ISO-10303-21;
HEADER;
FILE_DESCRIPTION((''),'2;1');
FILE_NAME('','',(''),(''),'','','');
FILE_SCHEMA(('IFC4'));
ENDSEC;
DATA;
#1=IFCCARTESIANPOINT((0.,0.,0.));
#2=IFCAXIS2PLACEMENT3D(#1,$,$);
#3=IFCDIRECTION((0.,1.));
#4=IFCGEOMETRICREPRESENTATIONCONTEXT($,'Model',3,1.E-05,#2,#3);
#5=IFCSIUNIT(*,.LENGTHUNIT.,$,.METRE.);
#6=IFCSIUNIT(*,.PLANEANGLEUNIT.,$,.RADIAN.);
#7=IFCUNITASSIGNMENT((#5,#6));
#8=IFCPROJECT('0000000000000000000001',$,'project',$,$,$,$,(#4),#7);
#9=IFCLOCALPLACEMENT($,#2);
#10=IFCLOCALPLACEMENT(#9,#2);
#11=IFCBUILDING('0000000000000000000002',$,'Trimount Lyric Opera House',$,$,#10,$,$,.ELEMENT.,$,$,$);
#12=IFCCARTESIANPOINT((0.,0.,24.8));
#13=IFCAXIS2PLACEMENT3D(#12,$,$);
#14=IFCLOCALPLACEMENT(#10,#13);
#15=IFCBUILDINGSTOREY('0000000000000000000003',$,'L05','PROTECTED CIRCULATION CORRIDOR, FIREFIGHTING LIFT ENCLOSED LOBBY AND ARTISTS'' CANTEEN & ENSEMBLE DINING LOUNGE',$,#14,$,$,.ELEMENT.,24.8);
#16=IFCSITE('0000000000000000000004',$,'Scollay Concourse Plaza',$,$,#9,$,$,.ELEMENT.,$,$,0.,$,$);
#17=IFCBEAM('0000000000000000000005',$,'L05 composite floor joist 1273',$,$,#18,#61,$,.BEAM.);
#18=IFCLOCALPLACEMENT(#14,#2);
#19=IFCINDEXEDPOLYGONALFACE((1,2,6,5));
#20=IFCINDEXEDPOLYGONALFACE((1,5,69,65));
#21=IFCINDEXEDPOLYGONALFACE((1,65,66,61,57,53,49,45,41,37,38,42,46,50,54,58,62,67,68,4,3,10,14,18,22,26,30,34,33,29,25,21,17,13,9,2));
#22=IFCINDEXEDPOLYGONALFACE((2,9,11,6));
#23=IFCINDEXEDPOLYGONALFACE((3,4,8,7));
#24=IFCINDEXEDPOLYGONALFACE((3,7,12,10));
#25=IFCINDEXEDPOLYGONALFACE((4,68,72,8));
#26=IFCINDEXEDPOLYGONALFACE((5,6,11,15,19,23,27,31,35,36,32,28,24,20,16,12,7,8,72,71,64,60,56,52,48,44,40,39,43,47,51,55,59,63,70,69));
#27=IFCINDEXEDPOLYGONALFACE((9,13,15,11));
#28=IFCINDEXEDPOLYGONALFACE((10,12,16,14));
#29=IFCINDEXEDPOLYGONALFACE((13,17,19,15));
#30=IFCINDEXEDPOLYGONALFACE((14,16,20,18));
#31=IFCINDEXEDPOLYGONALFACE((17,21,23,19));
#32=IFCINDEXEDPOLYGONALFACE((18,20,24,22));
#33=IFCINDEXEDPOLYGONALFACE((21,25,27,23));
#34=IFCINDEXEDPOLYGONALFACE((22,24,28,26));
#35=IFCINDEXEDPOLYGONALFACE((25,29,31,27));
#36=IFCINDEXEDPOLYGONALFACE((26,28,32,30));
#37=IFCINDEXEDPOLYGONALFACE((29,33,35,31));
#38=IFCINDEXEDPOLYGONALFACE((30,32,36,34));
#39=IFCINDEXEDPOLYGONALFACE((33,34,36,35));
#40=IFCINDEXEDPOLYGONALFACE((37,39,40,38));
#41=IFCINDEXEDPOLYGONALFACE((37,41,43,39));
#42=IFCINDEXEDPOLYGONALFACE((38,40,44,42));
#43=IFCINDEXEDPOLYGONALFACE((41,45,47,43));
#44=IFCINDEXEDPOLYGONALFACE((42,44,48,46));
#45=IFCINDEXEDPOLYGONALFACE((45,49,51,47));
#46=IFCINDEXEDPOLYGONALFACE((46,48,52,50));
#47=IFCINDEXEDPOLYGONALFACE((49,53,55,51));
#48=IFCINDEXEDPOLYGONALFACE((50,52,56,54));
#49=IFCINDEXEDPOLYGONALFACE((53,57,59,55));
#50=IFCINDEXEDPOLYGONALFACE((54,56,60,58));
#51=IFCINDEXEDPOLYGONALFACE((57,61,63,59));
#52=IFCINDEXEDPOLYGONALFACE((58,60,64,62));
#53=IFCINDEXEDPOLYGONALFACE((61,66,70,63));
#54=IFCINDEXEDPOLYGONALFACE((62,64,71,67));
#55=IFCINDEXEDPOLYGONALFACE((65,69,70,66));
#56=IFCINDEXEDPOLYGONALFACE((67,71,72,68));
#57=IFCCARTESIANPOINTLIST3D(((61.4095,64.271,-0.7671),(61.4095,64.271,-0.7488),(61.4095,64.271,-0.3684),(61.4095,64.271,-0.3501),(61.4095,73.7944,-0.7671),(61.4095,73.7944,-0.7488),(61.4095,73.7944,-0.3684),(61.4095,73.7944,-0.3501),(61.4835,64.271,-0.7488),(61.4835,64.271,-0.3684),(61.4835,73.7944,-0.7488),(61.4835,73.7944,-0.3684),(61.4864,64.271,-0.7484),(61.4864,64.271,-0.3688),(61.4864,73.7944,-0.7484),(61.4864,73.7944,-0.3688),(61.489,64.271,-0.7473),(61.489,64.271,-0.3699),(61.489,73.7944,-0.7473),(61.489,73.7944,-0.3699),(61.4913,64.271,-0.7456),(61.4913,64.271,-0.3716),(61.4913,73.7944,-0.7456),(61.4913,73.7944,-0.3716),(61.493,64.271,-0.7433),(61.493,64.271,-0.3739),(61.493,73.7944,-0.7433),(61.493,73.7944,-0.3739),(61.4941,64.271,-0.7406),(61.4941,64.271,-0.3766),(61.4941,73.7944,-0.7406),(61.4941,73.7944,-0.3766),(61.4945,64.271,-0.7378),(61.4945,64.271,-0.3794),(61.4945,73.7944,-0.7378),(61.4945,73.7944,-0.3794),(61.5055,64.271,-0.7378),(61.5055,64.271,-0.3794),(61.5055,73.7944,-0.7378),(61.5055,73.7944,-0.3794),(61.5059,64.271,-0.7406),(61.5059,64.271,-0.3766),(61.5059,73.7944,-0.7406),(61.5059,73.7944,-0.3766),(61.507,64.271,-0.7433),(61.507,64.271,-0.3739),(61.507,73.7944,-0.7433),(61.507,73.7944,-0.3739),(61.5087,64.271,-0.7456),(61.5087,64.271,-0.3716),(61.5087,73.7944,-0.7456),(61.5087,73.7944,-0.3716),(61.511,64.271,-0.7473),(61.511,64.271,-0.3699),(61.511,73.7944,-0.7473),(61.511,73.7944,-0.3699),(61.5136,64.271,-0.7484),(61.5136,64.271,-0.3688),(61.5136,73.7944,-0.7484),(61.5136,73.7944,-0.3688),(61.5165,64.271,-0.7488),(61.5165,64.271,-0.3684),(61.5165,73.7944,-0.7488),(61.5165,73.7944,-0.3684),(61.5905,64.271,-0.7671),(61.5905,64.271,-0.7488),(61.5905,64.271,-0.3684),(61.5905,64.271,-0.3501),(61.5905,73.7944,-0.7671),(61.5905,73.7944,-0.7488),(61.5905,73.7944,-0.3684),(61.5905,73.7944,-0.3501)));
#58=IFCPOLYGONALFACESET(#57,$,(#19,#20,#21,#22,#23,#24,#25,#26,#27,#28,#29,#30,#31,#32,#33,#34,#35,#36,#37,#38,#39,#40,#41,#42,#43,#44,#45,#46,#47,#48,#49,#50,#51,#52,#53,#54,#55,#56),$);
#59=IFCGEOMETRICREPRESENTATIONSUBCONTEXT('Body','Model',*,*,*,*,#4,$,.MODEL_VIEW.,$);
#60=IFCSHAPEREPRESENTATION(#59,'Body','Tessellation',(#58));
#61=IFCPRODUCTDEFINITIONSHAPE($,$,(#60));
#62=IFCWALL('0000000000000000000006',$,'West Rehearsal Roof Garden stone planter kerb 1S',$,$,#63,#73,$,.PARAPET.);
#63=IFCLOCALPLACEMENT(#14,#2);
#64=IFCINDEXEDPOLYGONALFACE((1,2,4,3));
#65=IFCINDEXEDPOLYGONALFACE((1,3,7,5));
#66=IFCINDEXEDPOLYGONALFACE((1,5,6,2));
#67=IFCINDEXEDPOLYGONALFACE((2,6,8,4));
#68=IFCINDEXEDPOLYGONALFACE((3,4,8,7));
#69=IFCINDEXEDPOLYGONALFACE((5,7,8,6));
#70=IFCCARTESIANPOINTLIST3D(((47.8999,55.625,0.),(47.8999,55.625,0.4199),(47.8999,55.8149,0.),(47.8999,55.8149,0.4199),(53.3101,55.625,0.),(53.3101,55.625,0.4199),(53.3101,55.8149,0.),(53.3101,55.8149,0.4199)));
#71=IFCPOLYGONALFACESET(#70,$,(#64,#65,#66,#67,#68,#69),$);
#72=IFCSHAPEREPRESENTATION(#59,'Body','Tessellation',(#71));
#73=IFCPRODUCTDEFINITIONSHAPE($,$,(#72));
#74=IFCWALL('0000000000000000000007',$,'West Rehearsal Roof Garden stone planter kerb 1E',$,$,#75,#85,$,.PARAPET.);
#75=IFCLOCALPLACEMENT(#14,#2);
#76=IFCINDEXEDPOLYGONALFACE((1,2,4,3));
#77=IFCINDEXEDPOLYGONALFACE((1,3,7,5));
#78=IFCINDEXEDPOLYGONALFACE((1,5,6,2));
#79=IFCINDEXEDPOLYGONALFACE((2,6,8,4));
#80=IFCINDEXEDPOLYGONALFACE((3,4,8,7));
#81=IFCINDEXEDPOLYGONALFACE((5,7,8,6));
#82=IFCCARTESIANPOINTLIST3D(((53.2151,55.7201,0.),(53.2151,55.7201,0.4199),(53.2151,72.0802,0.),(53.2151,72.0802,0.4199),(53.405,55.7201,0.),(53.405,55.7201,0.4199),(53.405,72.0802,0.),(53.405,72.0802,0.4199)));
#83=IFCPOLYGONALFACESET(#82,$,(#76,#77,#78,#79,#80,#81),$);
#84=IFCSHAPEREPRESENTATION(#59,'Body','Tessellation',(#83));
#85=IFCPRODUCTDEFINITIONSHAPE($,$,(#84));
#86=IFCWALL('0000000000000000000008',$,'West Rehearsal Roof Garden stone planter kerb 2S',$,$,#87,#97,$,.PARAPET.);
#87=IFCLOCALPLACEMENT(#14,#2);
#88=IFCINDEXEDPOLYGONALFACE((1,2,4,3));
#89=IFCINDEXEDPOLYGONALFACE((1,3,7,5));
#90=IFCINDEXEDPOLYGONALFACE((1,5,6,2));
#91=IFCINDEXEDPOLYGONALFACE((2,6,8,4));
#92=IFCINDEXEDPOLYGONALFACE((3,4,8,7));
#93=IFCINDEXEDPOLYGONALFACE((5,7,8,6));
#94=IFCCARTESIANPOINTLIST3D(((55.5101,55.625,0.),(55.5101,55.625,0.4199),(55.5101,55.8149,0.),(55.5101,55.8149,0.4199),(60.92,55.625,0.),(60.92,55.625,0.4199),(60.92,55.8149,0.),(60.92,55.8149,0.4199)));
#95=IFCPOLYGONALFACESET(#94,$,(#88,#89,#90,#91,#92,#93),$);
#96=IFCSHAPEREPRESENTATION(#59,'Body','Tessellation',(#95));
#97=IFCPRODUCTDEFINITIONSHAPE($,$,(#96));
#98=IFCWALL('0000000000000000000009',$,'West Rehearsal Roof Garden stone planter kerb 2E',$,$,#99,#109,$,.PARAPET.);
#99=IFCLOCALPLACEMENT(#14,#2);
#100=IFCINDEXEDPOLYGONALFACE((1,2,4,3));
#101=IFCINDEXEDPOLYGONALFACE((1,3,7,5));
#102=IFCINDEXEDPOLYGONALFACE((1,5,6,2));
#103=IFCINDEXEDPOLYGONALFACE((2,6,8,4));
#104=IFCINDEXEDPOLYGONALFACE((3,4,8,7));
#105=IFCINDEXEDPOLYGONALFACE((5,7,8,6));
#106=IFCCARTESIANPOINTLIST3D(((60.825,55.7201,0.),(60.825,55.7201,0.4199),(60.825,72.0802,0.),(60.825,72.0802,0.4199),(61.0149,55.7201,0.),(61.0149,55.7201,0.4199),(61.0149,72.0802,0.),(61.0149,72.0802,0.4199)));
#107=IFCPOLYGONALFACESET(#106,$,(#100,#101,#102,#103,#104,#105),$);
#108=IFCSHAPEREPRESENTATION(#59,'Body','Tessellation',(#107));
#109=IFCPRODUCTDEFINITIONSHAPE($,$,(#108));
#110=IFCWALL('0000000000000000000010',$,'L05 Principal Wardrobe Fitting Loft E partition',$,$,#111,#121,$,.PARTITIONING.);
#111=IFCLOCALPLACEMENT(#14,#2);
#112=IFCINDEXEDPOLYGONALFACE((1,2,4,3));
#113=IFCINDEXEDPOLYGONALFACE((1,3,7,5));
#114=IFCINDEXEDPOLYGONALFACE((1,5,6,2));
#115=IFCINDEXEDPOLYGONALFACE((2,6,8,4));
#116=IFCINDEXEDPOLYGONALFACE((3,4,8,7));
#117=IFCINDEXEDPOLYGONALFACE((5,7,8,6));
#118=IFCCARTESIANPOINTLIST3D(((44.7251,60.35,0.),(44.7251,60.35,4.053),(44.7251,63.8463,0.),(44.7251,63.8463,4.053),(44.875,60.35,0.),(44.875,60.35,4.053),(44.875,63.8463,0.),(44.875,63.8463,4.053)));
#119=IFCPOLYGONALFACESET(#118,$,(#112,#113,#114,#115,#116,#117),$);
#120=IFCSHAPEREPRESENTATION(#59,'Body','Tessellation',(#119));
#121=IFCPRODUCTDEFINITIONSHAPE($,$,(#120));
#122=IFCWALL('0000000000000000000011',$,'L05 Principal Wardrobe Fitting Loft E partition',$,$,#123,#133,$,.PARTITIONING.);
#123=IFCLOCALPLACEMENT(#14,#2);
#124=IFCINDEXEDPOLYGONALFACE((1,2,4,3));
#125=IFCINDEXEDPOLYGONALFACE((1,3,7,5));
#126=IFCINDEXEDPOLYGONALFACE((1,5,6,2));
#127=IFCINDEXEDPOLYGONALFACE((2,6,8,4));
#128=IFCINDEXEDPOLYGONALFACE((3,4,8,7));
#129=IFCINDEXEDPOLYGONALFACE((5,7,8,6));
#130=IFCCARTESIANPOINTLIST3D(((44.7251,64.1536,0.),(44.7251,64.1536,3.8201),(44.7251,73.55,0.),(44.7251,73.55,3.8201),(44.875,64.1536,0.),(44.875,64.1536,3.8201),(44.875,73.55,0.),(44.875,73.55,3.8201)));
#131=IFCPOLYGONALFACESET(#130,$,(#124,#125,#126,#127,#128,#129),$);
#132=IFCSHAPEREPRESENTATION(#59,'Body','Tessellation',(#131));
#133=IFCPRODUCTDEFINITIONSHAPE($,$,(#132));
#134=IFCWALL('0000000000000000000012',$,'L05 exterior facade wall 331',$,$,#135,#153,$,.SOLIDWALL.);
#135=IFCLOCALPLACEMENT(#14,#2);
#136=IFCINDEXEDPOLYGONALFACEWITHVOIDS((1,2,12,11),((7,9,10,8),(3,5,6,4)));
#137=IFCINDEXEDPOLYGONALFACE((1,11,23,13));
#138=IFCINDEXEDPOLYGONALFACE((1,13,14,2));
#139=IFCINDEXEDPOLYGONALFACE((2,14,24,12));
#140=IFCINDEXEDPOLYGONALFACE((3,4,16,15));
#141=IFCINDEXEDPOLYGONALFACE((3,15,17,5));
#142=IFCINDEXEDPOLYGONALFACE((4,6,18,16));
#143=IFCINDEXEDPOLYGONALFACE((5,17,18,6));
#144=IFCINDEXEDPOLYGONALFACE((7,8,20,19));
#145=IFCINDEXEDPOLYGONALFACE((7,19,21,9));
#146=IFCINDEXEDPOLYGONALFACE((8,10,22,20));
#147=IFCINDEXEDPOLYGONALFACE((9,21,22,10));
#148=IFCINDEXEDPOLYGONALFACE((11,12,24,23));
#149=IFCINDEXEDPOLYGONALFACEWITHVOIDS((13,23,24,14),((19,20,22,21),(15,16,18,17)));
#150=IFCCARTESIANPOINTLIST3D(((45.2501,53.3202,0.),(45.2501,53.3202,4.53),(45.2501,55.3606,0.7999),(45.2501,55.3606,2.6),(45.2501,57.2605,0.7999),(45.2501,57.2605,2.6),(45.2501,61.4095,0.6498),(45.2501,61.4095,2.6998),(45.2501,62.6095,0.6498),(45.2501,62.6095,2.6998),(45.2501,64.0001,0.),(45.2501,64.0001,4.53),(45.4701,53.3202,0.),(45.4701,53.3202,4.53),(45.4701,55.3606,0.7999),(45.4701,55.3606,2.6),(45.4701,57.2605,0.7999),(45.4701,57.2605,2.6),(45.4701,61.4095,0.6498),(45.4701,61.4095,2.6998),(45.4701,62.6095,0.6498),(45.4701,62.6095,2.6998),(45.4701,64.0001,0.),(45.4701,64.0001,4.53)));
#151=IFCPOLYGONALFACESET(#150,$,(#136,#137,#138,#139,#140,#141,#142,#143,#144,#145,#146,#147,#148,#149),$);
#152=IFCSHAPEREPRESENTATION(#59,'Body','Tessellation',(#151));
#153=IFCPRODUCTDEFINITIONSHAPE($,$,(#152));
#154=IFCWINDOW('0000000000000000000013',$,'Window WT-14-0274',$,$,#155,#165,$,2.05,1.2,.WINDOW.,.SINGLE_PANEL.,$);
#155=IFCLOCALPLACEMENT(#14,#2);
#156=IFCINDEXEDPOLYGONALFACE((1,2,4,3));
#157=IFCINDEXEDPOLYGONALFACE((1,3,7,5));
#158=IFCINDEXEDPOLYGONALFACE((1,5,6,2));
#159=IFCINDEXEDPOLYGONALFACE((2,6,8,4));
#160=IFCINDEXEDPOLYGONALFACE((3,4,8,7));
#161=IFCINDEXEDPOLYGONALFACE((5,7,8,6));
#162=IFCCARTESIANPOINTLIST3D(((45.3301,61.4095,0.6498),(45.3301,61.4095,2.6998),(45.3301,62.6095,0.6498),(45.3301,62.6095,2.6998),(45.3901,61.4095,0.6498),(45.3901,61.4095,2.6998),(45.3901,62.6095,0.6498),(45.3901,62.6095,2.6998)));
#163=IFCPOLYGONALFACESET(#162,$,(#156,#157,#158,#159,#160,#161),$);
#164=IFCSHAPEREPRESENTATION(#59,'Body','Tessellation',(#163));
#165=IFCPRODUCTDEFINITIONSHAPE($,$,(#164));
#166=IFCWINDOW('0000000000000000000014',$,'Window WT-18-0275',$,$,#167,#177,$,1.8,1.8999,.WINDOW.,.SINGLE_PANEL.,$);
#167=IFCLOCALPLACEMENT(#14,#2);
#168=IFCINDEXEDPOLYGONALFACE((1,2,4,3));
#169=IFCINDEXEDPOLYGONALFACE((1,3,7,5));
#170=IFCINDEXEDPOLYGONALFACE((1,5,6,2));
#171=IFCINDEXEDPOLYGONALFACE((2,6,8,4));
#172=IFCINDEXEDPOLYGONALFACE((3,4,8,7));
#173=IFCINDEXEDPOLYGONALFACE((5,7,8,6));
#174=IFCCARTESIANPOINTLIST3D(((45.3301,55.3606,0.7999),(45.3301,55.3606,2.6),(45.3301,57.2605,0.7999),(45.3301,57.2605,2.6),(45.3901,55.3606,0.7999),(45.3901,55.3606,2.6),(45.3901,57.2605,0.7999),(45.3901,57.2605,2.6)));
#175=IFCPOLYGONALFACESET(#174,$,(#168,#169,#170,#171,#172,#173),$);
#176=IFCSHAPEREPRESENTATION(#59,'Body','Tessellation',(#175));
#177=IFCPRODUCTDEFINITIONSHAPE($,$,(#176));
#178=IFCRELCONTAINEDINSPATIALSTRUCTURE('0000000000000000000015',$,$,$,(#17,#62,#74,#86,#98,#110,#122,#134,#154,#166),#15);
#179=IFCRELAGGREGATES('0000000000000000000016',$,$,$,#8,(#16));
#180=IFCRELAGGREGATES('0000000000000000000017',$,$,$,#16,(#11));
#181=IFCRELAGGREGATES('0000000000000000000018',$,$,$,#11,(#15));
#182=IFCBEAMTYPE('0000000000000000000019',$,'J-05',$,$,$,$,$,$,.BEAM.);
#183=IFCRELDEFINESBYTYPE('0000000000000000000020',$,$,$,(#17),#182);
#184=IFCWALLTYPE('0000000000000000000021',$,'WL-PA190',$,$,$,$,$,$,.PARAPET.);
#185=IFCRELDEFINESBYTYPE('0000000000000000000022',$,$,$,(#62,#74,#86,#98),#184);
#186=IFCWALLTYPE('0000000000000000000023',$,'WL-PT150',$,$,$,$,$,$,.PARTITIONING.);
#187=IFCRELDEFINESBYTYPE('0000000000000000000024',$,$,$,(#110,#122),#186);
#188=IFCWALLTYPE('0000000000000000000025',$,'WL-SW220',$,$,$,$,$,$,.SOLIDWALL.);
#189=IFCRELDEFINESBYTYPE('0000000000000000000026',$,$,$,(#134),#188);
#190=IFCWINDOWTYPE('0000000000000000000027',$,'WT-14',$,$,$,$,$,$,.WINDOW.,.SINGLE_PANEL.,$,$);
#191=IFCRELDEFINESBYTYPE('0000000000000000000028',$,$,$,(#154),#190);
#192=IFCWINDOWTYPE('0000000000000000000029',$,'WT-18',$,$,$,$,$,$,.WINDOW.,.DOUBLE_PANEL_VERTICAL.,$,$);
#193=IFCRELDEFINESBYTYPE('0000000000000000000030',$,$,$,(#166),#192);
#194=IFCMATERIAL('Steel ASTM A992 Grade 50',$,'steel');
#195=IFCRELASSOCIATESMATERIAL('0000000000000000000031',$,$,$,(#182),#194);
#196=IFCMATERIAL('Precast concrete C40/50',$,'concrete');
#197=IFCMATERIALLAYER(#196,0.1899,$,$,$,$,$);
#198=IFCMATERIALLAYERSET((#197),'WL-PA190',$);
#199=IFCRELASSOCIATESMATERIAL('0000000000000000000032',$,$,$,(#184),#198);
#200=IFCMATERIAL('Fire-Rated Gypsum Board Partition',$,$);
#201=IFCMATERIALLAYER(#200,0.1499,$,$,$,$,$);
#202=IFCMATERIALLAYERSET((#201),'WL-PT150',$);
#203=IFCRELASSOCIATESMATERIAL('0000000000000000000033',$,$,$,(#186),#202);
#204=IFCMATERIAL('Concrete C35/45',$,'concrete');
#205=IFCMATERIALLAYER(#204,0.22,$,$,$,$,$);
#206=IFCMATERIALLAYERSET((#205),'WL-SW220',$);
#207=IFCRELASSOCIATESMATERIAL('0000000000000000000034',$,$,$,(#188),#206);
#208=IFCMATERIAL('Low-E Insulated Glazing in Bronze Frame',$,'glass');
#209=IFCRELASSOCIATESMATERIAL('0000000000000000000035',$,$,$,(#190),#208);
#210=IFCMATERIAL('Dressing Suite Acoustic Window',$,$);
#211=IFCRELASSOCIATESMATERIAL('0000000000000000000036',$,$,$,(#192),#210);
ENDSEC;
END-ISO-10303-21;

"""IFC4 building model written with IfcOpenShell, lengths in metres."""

from ifc_helpers import new_model, si_unit, direction, frame, frame_2d, origin, origin_2d, place, context, subcontext, project, spatial, rectangle, i_section, extrude, material, layer, layer_set, material_profile, profile_set, type_object, element, fill, save


model = new_model("IFC4")

# Units and contexts
model_context = context("Model", 3, precision=1e-05, world=origin(), true_north=direction((0.0, 1.0)))
body_context = subcontext(model_context, "Body", "Model", "MODEL_VIEW")
ifc_project = project(units=[si_unit("LENGTHUNIT", "METRE"), si_unit("PLANEANGLEUNIT", "RADIAN")], contexts=[model_context])

# Site, building, storey
site_placement = place(None, origin())
site = spatial("IfcSite", under=ifc_project, at=site_placement, Name="Scollay Concourse Plaza", CompositionType="ELEMENT", RefElevation=0.0)
building_placement = place(site_placement, origin())
building = spatial("IfcBuilding", under=site, at=building_placement, Name="Trimount Lyric Opera House", CompositionType="ELEMENT")
storey_placement = place(building_placement, frame((0.0, 0.0, 24.8)))
storey = spatial("IfcBuildingStorey", under=building, at=storey_placement, Name="L05", Description="PROTECTED CIRCULATION CORRIDOR, FIREFIGHTING LIFT ENCLOSED LOBBY AND ARTISTS' CANTEEN & ENSEMBLE DINING LOUNGE", CompositionType="ELEMENT", Elevation=24.8)

# Beam
ifc_material_1 = material(Name="Steel ASTM A992 Grade 50", Category="steel")
ifc_material_profile_1 = material_profile(ifc_material_1, i_section(OverallWidth=0.1809, OverallDepth=0.417, WebThickness=0.011, FlangeThickness=0.0183, FilletRadius=0.011, at=origin_2d()), Name="W16X57")
ifc_profile_set_1 = profile_set([ifc_material_profile_1], Name="Steel ASTM A992 Grade 50")
beam_type_1 = type_object("IfcBeamType", Name="J-05", PredefinedType="BEAM", material=ifc_profile_set_1)
beam_1_placement = place(storey_placement, frame((61.5, 64.271, -0.5586), z_axis=(0.0, 1.0, 0.0), x_axis=(-1.0, 0.0, 0.0)))
element("IfcBeam", 1, at=beam_1_placement, inside=storey, type_object=beam_type_1, Name="L05 composite floor joist 1273", PredefinedType="BEAM", context=body_context, shape_type="SweptSolid", body=[
    extrude(i_section(OverallWidth=0.1809, OverallDepth=0.417, WebThickness=0.011, FlangeThickness=0.0183, FilletRadius=0.011, at=origin_2d()), origin(), (0.0, 0.0, 1.0), 9.5234),
])

# Walls
ifc_material_2 = material(Name="Precast concrete C40/50", Category="concrete")
ifc_layer_1 = layer(ifc_material_2, 0.1899)
ifc_layer_set_1 = layer_set([ifc_layer_1], Name="WL-PA190")
wall_type_1 = type_object("IfcWallType", Name="WL-PA190", PredefinedType="PARAPET", material=ifc_layer_set_1)
wall_1_placement = place(storey_placement, frame((47.8999, 55.72, 0.0), z_axis=(0.0, 0.0, 1.0), x_axis=(1.0, 0.0, 0.0)))
element("IfcWall", 2, at=wall_1_placement, inside=storey, type_object=wall_type_1, Name="West Rehearsal Roof Garden stone planter kerb 1S", PredefinedType="PARAPET", context=body_context, shape_type="SweptSolid", body=[
    extrude(rectangle(XDim=5.4102, YDim=0.1899, at=frame_2d((2.7051, 0.0))), origin(), (0.0, 0.0, 1.0), 0.4199),
])
wall_2_placement = place(storey_placement, frame((53.3101, 55.72, 0.0), z_axis=(0.0, 0.0, 1.0), x_axis=(0.0, 1.0, 0.0)))
element("IfcWall", 3, at=wall_2_placement, inside=storey, type_object=wall_type_1, Name="West Rehearsal Roof Garden stone planter kerb 1E", PredefinedType="PARAPET", context=body_context, shape_type="SweptSolid", body=[
    extrude(rectangle(XDim=16.3601, YDim=0.1899, at=frame_2d((8.1802, 0.0))), origin(), (0.0, 0.0, 1.0), 0.4199),
])
wall_3_placement = place(storey_placement, frame((55.51, 55.72, 0.0), z_axis=(0.0, 0.0, 1.0), x_axis=(1.0, 0.0, 0.0)))
element("IfcWall", 4, at=wall_3_placement, inside=storey, type_object=wall_type_1, Name="West Rehearsal Roof Garden stone planter kerb 2S", PredefinedType="PARAPET", context=body_context, shape_type="SweptSolid", body=[
    extrude(rectangle(XDim=5.4099, YDim=0.1899, at=frame_2d((2.7051, 0.0))), origin(), (0.0, 0.0, 1.0), 0.4199),
])
wall_4_placement = place(storey_placement, frame((60.9199, 55.72, 0.0), z_axis=(0.0, 0.0, 1.0), x_axis=(0.0, 1.0, 0.0)))
element("IfcWall", 5, at=wall_4_placement, inside=storey, type_object=wall_type_1, Name="West Rehearsal Roof Garden stone planter kerb 2E", PredefinedType="PARAPET", context=body_context, shape_type="SweptSolid", body=[
    extrude(rectangle(XDim=16.3601, YDim=0.1899, at=frame_2d((8.1802, 0.0))), origin(), (0.0, 0.0, 1.0), 0.4199),
])
ifc_material_3 = material(Name="Fire-Rated Gypsum Board Partition")
ifc_layer_2 = layer(ifc_material_3, 0.1499)
ifc_layer_set_2 = layer_set([ifc_layer_2], Name="WL-PT150")
wall_type_2 = type_object("IfcWallType", Name="WL-PT150", PredefinedType="PARTITIONING", material=ifc_layer_set_2)
wall_5_placement = place(storey_placement, frame((44.8, 60.3501, 0.0), z_axis=(0.0, 0.0, 1.0), x_axis=(0.0, 1.0, 0.0)))
element("IfcWall", 6, at=wall_5_placement, inside=storey, type_object=wall_type_2, Name="L05 Principal Wardrobe Fitting Loft E partition", PredefinedType="PARTITIONING", context=body_context, shape_type="SweptSolid", body=[
    extrude(rectangle(XDim=3.4963, YDim=0.1499, at=frame_2d((1.748, 0.0))), origin(), (0.0, 0.0, 1.0), 4.053),
])
wall_6_placement = place(storey_placement, frame((44.8, 64.1536, 0.0), z_axis=(0.0, 0.0, 1.0), x_axis=(0.0, 1.0, 0.0)))
element("IfcWall", 7, at=wall_6_placement, inside=storey, type_object=wall_type_2, Name="L05 Principal Wardrobe Fitting Loft E partition", PredefinedType="PARTITIONING", context=body_context, shape_type="SweptSolid", body=[
    extrude(rectangle(XDim=9.3965, YDim=0.1499, at=frame_2d((4.6982, 0.0))), origin(), (0.0, 0.0, 1.0), 3.8201),
])

# Wall, openings, windows
ifc_material_4 = material(Name="Concrete C35/45", Category="concrete")
ifc_layer_3 = layer(ifc_material_4, 0.22)
ifc_layer_set_3 = layer_set([ifc_layer_3], Name="WL-SW220")
wall_type_3 = type_object("IfcWallType", Name="WL-SW220", PredefinedType="SOLIDWALL", material=ifc_layer_set_3)
wall_7_placement = place(storey_placement, frame((45.3601, 64.0, 0.0), z_axis=(0.0, 0.0, 1.0), x_axis=(0.0, -1.0, 0.0)))
wall_7 = element("IfcWall", 8, at=wall_7_placement, inside=storey, type_object=wall_type_3, Name="L05 exterior facade wall 331", PredefinedType="SOLIDWALL", context=body_context, shape_type="SweptSolid", body=[
    extrude(rectangle(XDim=10.6799, YDim=0.22, at=frame_2d((5.3398, 0.0))), origin(), (0.0, 0.0, 1.0), 4.53),
])
opening_1_placement = place(wall_7_placement, frame((1.3904, 0.0, 0.6499)))
opening_1 = element("IfcOpeningElement", 9, at=opening_1_placement, cuts=wall_7, PredefinedType="OPENING", context=body_context, shape_type="SweptSolid", body=[
    extrude(rectangle(XDim=1.2, YDim=2.05, at=frame_2d((0.6001, 1.0249))), frame((0.0, 0.1201, 0.0), z_axis=(0.0, -1.0, 0.0), x_axis=(1.0, 0.0, 0.0)), (0.0, 0.0, 1.0), 0.24),
])
opening_2_placement = place(wall_7_placement, frame((6.7395, 0.0, 0.8)))
opening_2 = element("IfcOpeningElement", 10, at=opening_2_placement, cuts=wall_7, PredefinedType="OPENING", context=body_context, shape_type="SweptSolid", body=[
    extrude(rectangle(XDim=1.8999, YDim=1.8, at=frame_2d((0.95, 0.8999))), frame((0.0, 0.1201, 0.0), z_axis=(0.0, -1.0, 0.0), x_axis=(1.0, 0.0, 0.0)), (0.0, 0.0, 1.0), 0.24),
])
ifc_material_5 = material(Name="Low-E Insulated Glazing in Bronze Frame", Category="glass")
window_type_1 = type_object("IfcWindowType", Name="WT-14", PartitioningType="SINGLE_PANEL", PredefinedType="WINDOW", material=ifc_material_5)
window_1_placement = place(opening_1_placement, origin())
window_1 = element("IfcWindow", 11, at=window_1_placement, inside=storey, type_object=window_type_1, Name="Window WT-14-0274", OverallHeight=2.05, OverallWidth=1.2, PartitioningType="SINGLE_PANEL", PredefinedType="WINDOW", context=body_context, shape_type="SweptSolid", body=[
    extrude(rectangle(XDim=1.2, YDim=2.05, at=frame_2d((0.6001, 1.0249))), frame((0.0, 0.03, 0.0), z_axis=(0.0, -1.0, 0.0), x_axis=(1.0, 0.0, 0.0)), (0.0, 0.0, 1.0), 0.0601),
])
fill(opening_1, window_1)
ifc_material_6 = material(Name="Dressing Suite Acoustic Window")
window_type_2 = type_object("IfcWindowType", Name="WT-18", PartitioningType="DOUBLE_PANEL_VERTICAL", PredefinedType="WINDOW", material=ifc_material_6)
window_2_placement = place(opening_2_placement, origin())
window_2 = element("IfcWindow", 12, at=window_2_placement, inside=storey, type_object=window_type_2, Name="Window WT-18-0275", OverallHeight=1.8, OverallWidth=1.8999, PartitioningType="SINGLE_PANEL", PredefinedType="WINDOW", context=body_context, shape_type="SweptSolid", body=[
    extrude(rectangle(XDim=1.8999, YDim=1.8, at=frame_2d((0.95, 0.8999))), frame((0.0, 0.03, 0.0), z_axis=(0.0, -1.0, 0.0), x_axis=(1.0, 0.0, 0.0)), (0.0, 0.0, 1.0), 0.0601),
])
fill(opening_2, window_2)

save(model, "model.ifc")
